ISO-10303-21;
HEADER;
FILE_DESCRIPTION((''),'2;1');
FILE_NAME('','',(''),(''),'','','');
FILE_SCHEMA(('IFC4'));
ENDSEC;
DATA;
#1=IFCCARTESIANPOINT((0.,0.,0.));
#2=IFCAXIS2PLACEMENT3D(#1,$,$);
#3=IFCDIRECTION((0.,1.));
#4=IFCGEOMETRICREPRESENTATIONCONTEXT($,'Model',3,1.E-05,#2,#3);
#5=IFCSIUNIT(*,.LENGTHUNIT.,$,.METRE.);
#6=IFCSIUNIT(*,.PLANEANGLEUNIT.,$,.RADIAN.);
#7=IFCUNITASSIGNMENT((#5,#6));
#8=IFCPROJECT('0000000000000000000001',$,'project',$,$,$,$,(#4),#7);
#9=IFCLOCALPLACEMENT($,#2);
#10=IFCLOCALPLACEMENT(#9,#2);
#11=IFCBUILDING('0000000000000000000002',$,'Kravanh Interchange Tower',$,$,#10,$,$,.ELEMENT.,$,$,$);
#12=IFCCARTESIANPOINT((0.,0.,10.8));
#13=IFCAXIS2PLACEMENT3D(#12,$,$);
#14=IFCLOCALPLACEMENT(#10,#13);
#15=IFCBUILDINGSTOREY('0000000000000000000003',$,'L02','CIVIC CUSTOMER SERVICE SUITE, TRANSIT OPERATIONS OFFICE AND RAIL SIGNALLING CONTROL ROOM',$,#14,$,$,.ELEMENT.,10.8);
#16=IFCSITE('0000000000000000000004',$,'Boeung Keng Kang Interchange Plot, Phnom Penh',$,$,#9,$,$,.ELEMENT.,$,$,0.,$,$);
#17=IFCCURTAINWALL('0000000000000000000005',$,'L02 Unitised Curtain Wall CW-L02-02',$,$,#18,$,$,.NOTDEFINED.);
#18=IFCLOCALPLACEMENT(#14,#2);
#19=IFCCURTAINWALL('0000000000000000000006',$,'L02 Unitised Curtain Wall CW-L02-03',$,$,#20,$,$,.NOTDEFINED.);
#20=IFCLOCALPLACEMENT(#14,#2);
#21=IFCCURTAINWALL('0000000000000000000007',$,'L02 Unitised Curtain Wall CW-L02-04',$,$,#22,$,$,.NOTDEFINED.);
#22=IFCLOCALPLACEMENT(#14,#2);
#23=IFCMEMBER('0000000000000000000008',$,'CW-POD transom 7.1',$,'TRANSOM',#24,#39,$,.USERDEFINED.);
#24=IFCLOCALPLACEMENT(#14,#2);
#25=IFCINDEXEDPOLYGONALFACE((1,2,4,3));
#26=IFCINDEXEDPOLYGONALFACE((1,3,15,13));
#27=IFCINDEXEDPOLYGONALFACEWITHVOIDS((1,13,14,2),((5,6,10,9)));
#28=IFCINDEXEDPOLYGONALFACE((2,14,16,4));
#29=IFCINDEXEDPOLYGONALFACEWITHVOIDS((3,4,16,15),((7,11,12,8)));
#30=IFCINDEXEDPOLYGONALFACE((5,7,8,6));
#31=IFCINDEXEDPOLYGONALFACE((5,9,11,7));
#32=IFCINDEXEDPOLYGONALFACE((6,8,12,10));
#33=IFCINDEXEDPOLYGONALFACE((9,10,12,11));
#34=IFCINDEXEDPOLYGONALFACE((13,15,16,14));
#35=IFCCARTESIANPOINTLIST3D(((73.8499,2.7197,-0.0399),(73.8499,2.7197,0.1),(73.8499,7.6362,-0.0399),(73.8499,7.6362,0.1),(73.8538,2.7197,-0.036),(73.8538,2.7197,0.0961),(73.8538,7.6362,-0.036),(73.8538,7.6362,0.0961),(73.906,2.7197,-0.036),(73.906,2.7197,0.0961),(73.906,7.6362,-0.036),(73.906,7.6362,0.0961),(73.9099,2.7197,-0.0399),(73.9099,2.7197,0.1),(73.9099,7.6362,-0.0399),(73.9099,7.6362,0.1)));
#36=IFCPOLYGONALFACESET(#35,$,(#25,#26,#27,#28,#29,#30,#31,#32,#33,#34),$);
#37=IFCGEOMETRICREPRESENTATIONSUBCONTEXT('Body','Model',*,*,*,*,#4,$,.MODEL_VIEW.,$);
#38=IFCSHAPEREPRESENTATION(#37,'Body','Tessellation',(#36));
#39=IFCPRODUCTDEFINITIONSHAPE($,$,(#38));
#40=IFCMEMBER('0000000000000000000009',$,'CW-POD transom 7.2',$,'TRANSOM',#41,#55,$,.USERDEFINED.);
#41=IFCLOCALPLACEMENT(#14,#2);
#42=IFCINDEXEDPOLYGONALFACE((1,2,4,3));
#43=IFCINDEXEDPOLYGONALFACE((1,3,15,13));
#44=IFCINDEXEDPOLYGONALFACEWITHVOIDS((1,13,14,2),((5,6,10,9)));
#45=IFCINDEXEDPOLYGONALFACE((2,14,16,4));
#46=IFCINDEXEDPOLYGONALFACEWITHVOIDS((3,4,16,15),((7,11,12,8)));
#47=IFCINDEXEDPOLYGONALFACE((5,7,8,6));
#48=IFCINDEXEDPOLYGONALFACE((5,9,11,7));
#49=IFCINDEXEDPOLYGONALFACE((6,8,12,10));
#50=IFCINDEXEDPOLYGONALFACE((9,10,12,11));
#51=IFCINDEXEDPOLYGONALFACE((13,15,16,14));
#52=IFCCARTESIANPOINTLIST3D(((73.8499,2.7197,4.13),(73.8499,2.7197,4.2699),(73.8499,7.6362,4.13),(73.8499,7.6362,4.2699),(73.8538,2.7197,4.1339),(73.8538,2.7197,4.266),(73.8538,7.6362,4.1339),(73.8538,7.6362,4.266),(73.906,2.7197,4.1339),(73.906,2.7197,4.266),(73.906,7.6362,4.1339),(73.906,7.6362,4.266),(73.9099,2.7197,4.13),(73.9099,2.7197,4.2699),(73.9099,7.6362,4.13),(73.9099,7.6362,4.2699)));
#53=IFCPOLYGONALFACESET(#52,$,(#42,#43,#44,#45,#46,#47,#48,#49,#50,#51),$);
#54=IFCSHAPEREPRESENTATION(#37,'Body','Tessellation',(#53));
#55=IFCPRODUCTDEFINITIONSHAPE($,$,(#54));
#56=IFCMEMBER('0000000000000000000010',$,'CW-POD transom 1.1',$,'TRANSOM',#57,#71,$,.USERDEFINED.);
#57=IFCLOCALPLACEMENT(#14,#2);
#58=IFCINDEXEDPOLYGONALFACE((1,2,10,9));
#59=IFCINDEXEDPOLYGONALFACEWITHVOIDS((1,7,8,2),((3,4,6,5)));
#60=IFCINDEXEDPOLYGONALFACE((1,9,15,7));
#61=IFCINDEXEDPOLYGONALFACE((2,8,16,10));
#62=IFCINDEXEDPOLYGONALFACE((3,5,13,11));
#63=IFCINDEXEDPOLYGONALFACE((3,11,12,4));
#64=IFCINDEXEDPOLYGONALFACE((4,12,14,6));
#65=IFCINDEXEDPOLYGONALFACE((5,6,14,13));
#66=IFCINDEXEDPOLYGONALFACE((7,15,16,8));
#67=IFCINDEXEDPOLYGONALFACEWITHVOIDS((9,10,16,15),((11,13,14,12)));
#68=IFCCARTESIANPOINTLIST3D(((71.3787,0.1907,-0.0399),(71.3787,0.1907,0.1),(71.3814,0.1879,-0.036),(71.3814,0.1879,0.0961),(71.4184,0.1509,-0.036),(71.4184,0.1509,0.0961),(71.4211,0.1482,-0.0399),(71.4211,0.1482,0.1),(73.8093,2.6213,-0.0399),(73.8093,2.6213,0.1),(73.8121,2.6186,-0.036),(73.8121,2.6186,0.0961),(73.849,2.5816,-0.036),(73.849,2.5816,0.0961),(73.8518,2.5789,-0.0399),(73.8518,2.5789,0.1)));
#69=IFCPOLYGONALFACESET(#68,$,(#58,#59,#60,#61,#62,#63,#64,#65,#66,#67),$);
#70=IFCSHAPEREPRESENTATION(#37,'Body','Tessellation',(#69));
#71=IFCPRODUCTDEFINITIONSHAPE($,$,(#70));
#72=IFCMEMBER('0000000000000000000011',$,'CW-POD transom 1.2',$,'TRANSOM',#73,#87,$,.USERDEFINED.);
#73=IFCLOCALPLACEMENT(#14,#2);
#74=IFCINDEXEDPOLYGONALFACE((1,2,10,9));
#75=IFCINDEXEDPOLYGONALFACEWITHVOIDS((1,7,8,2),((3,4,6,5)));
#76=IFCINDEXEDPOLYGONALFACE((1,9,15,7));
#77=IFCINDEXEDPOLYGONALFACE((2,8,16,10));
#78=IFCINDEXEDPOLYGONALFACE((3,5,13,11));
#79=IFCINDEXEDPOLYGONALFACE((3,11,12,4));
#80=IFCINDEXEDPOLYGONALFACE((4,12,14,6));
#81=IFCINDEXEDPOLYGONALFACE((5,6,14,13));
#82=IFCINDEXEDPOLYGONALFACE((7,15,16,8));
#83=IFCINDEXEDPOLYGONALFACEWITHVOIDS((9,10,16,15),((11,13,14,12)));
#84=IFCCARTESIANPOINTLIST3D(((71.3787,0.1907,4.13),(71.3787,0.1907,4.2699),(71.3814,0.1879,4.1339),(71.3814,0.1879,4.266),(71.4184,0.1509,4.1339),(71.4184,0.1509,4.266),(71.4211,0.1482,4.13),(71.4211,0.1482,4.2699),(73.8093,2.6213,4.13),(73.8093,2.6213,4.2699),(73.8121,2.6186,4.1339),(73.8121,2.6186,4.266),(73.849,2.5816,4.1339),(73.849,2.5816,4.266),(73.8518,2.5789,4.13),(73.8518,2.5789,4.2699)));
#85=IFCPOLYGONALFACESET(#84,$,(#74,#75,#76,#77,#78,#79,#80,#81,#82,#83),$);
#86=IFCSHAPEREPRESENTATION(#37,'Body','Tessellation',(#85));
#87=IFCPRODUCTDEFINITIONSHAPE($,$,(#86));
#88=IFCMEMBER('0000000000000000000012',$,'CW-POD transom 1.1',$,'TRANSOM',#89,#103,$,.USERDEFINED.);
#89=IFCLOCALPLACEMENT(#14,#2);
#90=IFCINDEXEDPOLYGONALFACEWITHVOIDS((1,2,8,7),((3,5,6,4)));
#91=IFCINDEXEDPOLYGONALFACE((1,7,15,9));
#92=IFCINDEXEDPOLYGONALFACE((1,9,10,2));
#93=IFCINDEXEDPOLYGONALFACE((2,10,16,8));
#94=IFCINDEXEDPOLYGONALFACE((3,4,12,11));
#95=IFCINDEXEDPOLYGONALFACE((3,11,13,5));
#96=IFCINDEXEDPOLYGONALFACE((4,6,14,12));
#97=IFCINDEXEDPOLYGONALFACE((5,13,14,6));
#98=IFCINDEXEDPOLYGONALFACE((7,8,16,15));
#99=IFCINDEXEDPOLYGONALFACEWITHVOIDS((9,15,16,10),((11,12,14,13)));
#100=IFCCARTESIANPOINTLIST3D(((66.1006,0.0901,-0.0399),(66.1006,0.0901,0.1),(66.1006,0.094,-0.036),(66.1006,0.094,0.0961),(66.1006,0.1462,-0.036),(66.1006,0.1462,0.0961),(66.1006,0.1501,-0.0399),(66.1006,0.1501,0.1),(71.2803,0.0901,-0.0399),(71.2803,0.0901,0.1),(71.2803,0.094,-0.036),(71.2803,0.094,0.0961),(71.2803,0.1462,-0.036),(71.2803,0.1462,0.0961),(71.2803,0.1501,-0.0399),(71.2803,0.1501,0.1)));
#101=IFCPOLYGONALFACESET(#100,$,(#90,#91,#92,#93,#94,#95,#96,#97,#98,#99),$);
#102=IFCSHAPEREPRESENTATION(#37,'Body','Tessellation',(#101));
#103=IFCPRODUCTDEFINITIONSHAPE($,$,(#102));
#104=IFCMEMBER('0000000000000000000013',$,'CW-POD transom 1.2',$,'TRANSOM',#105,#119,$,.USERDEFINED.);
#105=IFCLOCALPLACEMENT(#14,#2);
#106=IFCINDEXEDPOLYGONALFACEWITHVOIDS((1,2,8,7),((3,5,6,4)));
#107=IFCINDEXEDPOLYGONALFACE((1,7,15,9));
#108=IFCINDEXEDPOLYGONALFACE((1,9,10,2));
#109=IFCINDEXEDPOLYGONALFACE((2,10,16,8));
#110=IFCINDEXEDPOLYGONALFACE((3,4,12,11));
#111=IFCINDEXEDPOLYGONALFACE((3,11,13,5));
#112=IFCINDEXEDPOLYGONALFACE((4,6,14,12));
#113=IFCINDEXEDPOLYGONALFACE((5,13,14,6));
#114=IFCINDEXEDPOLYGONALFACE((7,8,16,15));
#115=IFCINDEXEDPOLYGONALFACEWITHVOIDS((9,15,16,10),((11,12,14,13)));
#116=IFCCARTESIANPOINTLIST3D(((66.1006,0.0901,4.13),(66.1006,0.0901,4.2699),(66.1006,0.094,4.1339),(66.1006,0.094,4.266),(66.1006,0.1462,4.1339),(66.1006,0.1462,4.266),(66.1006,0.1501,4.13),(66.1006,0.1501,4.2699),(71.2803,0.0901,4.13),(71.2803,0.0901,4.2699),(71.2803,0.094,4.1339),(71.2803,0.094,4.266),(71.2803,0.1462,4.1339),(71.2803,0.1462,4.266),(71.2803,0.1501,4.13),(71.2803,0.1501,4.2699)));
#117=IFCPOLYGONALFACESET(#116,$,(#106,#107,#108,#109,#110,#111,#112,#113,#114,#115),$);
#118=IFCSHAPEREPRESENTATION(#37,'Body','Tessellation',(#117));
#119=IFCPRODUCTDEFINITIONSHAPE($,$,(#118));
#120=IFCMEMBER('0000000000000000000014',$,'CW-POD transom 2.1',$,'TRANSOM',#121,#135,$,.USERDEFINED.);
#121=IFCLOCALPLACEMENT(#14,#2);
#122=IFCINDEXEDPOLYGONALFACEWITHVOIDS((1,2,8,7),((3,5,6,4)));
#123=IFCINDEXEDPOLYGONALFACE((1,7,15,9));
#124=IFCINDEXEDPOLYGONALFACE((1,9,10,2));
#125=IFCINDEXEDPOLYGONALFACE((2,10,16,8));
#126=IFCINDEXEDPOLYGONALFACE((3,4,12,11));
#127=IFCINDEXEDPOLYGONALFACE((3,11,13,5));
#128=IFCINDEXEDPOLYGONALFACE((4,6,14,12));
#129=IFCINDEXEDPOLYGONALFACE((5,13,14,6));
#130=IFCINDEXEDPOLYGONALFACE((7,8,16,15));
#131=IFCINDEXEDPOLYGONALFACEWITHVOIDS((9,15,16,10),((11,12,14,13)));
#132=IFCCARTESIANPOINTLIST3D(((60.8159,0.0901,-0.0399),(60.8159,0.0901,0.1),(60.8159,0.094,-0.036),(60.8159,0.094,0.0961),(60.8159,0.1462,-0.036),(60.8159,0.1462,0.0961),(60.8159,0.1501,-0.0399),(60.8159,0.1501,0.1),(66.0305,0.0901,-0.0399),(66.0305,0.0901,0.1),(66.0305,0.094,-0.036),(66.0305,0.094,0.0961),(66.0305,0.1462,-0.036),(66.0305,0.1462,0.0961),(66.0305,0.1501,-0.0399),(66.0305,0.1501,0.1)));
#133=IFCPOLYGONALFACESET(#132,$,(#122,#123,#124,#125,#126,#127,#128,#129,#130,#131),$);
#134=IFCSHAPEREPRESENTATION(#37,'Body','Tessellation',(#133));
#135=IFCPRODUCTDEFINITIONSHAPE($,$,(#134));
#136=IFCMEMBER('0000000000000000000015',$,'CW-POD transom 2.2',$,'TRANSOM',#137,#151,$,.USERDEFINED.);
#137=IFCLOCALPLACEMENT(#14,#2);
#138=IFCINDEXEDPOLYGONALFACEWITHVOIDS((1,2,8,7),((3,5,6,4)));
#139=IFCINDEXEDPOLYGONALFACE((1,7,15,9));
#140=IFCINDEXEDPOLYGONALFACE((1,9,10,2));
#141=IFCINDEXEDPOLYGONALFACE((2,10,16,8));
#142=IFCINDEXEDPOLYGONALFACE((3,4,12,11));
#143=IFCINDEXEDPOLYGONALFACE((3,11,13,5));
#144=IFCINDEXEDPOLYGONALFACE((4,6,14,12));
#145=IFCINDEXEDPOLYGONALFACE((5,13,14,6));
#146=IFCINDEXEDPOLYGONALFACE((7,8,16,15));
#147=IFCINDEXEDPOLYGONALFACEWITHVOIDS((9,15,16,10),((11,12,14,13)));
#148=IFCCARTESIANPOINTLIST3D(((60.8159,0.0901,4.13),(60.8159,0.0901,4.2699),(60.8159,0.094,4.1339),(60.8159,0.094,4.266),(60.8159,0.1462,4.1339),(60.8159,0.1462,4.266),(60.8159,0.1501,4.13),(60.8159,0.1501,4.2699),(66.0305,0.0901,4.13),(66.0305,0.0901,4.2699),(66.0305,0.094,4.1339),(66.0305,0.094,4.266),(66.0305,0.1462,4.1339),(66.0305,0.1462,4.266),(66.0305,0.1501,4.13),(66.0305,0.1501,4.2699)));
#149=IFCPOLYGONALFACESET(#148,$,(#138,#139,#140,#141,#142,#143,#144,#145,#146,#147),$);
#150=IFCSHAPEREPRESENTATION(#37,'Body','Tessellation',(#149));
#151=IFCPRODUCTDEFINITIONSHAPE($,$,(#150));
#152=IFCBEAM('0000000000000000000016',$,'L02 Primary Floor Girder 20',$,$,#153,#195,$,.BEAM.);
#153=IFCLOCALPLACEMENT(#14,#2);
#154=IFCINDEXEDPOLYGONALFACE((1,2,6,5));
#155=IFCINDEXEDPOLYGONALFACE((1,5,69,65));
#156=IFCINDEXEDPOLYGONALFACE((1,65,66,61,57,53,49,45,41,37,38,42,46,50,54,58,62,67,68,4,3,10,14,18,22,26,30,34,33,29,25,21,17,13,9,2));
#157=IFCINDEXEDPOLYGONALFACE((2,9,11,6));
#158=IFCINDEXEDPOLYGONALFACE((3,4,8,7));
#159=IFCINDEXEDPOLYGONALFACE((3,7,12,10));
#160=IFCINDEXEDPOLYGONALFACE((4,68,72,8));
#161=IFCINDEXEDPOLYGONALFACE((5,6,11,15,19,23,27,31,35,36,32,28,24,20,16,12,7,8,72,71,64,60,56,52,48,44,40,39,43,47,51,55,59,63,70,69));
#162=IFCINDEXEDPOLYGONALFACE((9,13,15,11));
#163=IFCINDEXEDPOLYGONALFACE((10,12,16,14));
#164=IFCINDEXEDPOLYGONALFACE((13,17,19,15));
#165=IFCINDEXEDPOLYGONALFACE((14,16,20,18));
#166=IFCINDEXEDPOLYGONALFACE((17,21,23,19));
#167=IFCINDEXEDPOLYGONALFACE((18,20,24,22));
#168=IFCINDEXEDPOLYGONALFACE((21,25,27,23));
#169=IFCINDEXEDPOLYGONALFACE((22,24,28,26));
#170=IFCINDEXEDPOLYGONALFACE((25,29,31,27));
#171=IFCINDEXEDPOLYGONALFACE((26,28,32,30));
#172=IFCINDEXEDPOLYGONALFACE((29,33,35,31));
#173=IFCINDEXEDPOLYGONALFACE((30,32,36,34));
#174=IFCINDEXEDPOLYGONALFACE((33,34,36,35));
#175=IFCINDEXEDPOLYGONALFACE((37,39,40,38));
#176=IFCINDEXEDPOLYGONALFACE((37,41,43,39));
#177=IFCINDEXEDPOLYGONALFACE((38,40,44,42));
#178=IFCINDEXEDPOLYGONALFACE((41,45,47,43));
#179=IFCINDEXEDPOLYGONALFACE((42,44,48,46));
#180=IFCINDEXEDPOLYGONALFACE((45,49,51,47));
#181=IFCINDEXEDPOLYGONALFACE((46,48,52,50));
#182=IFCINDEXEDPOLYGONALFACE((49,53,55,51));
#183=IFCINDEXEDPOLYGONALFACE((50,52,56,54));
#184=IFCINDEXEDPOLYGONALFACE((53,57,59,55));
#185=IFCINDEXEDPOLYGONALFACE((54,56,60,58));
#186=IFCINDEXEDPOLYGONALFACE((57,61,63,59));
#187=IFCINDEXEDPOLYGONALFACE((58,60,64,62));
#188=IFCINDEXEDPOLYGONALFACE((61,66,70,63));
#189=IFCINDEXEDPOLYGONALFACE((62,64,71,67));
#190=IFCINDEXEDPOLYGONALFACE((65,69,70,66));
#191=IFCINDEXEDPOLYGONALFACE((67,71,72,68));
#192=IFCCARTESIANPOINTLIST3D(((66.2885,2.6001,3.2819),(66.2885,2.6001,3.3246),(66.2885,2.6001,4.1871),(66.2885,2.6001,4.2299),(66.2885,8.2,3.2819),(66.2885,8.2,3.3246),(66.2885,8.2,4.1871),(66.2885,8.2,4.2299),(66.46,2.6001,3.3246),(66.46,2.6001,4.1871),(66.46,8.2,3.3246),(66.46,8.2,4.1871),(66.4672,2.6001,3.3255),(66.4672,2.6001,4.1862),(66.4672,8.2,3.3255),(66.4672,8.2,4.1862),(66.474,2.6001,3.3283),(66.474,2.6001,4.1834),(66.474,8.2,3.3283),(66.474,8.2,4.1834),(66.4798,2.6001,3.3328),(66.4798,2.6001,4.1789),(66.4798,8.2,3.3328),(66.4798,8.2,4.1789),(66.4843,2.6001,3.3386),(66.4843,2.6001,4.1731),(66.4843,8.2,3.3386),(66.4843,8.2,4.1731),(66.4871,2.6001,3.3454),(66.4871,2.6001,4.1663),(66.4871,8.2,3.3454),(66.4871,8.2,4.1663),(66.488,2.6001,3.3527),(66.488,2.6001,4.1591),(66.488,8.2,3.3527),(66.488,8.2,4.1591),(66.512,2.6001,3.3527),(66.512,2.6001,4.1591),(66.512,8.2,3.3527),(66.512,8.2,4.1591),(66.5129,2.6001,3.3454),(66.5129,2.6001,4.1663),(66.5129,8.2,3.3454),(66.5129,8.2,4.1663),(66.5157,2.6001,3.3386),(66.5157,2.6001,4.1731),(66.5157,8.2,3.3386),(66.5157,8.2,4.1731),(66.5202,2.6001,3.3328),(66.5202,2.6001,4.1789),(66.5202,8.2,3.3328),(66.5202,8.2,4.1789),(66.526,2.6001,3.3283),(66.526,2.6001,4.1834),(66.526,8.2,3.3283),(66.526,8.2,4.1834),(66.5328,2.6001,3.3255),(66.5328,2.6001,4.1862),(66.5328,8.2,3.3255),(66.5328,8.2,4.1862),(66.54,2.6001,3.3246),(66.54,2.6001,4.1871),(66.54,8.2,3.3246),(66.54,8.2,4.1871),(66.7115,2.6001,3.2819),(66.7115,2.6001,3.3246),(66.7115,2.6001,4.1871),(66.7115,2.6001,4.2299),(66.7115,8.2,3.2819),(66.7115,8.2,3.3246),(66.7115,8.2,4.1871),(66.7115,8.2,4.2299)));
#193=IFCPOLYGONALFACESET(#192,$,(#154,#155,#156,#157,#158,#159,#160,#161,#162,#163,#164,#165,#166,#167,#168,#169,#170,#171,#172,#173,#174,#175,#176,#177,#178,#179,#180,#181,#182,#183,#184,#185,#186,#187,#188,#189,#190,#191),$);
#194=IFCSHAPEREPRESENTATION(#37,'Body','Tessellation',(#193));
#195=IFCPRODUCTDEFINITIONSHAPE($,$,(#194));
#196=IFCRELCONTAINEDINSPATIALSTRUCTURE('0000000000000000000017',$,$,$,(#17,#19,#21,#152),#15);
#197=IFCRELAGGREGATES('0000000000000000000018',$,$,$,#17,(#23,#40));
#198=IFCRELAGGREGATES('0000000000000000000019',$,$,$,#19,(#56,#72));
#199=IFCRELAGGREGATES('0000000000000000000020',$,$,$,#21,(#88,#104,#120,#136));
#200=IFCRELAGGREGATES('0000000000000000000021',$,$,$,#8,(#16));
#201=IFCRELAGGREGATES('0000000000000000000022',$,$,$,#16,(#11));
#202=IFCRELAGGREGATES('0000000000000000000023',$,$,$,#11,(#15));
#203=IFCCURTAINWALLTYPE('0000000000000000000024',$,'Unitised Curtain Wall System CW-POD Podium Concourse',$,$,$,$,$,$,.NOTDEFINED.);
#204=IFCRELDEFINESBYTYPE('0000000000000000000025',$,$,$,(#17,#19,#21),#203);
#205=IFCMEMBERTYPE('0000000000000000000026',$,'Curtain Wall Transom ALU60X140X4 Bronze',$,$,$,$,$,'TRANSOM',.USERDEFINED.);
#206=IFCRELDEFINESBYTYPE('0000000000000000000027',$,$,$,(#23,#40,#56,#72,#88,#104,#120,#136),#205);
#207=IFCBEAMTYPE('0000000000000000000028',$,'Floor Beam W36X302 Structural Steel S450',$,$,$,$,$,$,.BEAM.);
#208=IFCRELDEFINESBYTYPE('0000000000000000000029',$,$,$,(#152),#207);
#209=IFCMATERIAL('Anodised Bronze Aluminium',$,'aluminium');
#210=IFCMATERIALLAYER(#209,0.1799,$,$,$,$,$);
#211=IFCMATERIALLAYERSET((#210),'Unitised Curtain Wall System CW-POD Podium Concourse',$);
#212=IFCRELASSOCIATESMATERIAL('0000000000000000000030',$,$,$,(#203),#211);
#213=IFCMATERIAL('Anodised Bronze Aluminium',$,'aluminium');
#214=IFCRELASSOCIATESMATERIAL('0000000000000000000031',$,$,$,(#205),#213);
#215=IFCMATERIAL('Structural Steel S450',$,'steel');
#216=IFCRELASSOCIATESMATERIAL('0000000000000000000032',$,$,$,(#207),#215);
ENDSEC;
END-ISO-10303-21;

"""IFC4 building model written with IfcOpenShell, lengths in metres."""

from ifc_helpers import new_model, si_unit, direction, frame, origin, origin_2d, place, context, subcontext, project, spatial, hollow_rectangle, i_section, extrude, material, layer, layer_set, material_profile, profile_set, type_object, element, aggregate, save


model = new_model("IFC4")

# Units and contexts
model_context = context("Model", 3, precision=1e-05, world=origin(), true_north=direction((0.0, 1.0)))
body_context = subcontext(model_context, "Body", "Model", "MODEL_VIEW")
ifc_project = project(units=[si_unit("LENGTHUNIT", "METRE"), si_unit("PLANEANGLEUNIT", "RADIAN")], contexts=[model_context])

# Site, building, storey
site_placement = place(None, origin())
site = spatial("IfcSite", under=ifc_project, at=site_placement, Name="Boeung Keng Kang Interchange Plot, Phnom Penh", CompositionType="ELEMENT", RefElevation=0.0)
building_placement = place(site_placement, origin())
building = spatial("IfcBuilding", under=site, at=building_placement, Name="Kravanh Interchange Tower", CompositionType="ELEMENT")
storey_placement = place(building_placement, frame((0.0, 0.0, 10.8)))
storey = spatial("IfcBuildingStorey", under=building, at=storey_placement, Name="L02", Description="CIVIC CUSTOMER SERVICE SUITE, TRANSIT OPERATIONS OFFICE AND RAIL SIGNALLING CONTROL ROOM", CompositionType="ELEMENT", Elevation=10.8)

# Curtain wall
ifc_material_1 = material(Name="Anodised Bronze Aluminium", Category="aluminium")
ifc_layer_1 = layer(ifc_material_1, 0.1799)
ifc_layer_set_1 = layer_set([ifc_layer_1], Name="Unitised Curtain Wall System CW-POD Podium Concourse")
curtain_wall_type = type_object("IfcCurtainWallType", Name="Unitised Curtain Wall System CW-POD Podium Concourse", PredefinedType="NOTDEFINED", material=ifc_layer_set_1)
curtain_wall_1_placement = place(storey_placement, origin())
curtain_wall_1 = element("IfcCurtainWall", 1, at=curtain_wall_1_placement, inside=storey, type_object=curtain_wall_type, Name="L02 Unitised Curtain Wall CW-L02-02", PredefinedType="NOTDEFINED")

# Curtain walls
curtain_wall_2_placement = place(storey_placement, origin())
curtain_wall_2 = element("IfcCurtainWall", 2, at=curtain_wall_2_placement, inside=storey, type_object=curtain_wall_type, Name="L02 Unitised Curtain Wall CW-L02-03", PredefinedType="NOTDEFINED")
curtain_wall_3_placement = place(storey_placement, origin())
curtain_wall_3 = element("IfcCurtainWall", 3, at=curtain_wall_3_placement, inside=storey, type_object=curtain_wall_type, Name="L02 Unitised Curtain Wall CW-L02-04", PredefinedType="NOTDEFINED")

# Members
ifc_material_2 = material(Name="Anodised Bronze Aluminium", Category="aluminium")
ifc_material_profile_1 = material_profile(ifc_material_2, hollow_rectangle(XDim=0.0601, YDim=0.1399, WallThickness=0.0039, at=origin_2d()), Name="ALU60X140X4")
ifc_profile_set_1 = profile_set([ifc_material_profile_1], Name="Anodised Bronze Aluminium")
member_type_1 = type_object("IfcMemberType", Name="Curtain Wall Transom ALU60X140X4 Bronze", ElementType="TRANSOM", PredefinedType="USERDEFINED", material=ifc_profile_set_1)
member_1_placement = place(storey_placement, frame((73.8799, 7.6362, 0.03), z_axis=(0.0, -1.0, 0.0), x_axis=(1.0, 0.0, 0.0)))
member_1 = element("IfcMember", 4, at=member_1_placement, type_object=member_type_1, Name="CW-POD transom 7.1", ObjectType="TRANSOM", PredefinedType="USERDEFINED", context=body_context, shape_type="SweptSolid", body=[
    extrude(hollow_rectangle(XDim=0.0601, YDim=0.1399, WallThickness=0.0039, at=origin_2d()), origin(), (0.0, 0.0, 1.0), 4.9165),
])
member_2_placement = place(storey_placement, frame((73.8799, 7.6362, 4.2), z_axis=(0.0, -1.0, 0.0), x_axis=(1.0, 0.0, 0.0)))
member_2 = element("IfcMember", 5, at=member_2_placement, type_object=member_type_1, Name="CW-POD transom 7.2", ObjectType="TRANSOM", PredefinedType="USERDEFINED", context=body_context, shape_type="SweptSolid", body=[
    extrude(hollow_rectangle(XDim=0.0601, YDim=0.1399, WallThickness=0.0039, at=origin_2d()), origin(), (0.0, 0.0, 1.0), 4.9165),
])
member_3_placement = place(storey_placement, frame((73.8306, 2.6001, 0.03), z_axis=(-0.707107, -0.707107, 0.0), x_axis=(0.707107, -0.707107, 0.0)))
member_3 = element("IfcMember", 6, at=member_3_placement, type_object=member_type_1, Name="CW-POD transom 1.1", ObjectType="TRANSOM", PredefinedType="USERDEFINED", context=body_context, shape_type="SweptSolid", body=[
    extrude(hollow_rectangle(XDim=0.0601, YDim=0.1399, WallThickness=0.0039, at=origin_2d()), origin(), (0.0, 0.0, 1.0), 3.4375),
])
member_4_placement = place(storey_placement, frame((73.8306, 2.6001, 4.2), z_axis=(-0.707107, -0.707107, 0.0), x_axis=(0.707107, -0.707107, 0.0)))
member_4 = element("IfcMember", 7, at=member_4_placement, type_object=member_type_1, Name="CW-POD transom 1.2", ObjectType="TRANSOM", PredefinedType="USERDEFINED", context=body_context, shape_type="SweptSolid", body=[
    extrude(hollow_rectangle(XDim=0.0601, YDim=0.1399, WallThickness=0.0039, at=origin_2d()), origin(), (0.0, 0.0, 1.0), 3.4375),
])
member_5_placement = place(storey_placement, frame((71.2803, 0.1201, 0.03), z_axis=(-1.0, 0.0, 0.0), x_axis=(0.0, -1.0, 0.0)))
member_5 = element("IfcMember", 8, at=member_5_placement, type_object=member_type_1, Name="CW-POD transom 1.1", ObjectType="TRANSOM", PredefinedType="USERDEFINED", context=body_context, shape_type="SweptSolid", body=[
    extrude(hollow_rectangle(XDim=0.0601, YDim=0.1399, WallThickness=0.0039, at=origin_2d()), origin(), (0.0, 0.0, 1.0), 5.1797),
])
member_6_placement = place(storey_placement, frame((71.2803, 0.1201, 4.2), z_axis=(-1.0, 0.0, 0.0), x_axis=(0.0, -1.0, 0.0)))
member_6 = element("IfcMember", 9, at=member_6_placement, type_object=member_type_1, Name="CW-POD transom 1.2", ObjectType="TRANSOM", PredefinedType="USERDEFINED", context=body_context, shape_type="SweptSolid", body=[
    extrude(hollow_rectangle(XDim=0.0601, YDim=0.1399, WallThickness=0.0039, at=origin_2d()), origin(), (0.0, 0.0, 1.0), 5.1797),
])
member_7_placement = place(storey_placement, frame((66.0305, 0.1201, 0.03), z_axis=(-1.0, 0.0, 0.0), x_axis=(0.0, -1.0, 0.0)))
member_7 = element("IfcMember", 10, at=member_7_placement, type_object=member_type_1, Name="CW-POD transom 2.1", ObjectType="TRANSOM", PredefinedType="USERDEFINED", context=body_context, shape_type="SweptSolid", body=[
    extrude(hollow_rectangle(XDim=0.0601, YDim=0.1399, WallThickness=0.0039, at=origin_2d()), origin(), (0.0, 0.0, 1.0), 5.2146),
])
member_8_placement = place(storey_placement, frame((66.0305, 0.1201, 4.2), z_axis=(-1.0, 0.0, 0.0), x_axis=(0.0, -1.0, 0.0)))
member_8 = element("IfcMember", 11, at=member_8_placement, type_object=member_type_1, Name="CW-POD transom 2.2", ObjectType="TRANSOM", PredefinedType="USERDEFINED", context=body_context, shape_type="SweptSolid", body=[
    extrude(hollow_rectangle(XDim=0.0601, YDim=0.1399, WallThickness=0.0039, at=origin_2d()), origin(), (0.0, 0.0, 1.0), 5.2146),
])

# Beam
ifc_material_3 = material(Name="Structural Steel S450", Category="steel")
ifc_material_profile_2 = material_profile(ifc_material_3, i_section(OverallWidth=0.4231, OverallDepth=0.948, WebThickness=0.0239, FlangeThickness=0.0427, FilletRadius=0.0281, at=origin_2d()), Name="W36X302")
ifc_profile_set_2 = profile_set([ifc_material_profile_2], Name="Structural Steel S450")
beam_type_1 = type_object("IfcBeamType", Name="Floor Beam W36X302 Structural Steel S450", PredefinedType="BEAM", material=ifc_profile_set_2)
beam_1_placement = place(storey_placement, frame((66.5, 2.6001, 3.7559), z_axis=(0.0, 1.0, 0.0), x_axis=(-1.0, 0.0, 0.0)))
element("IfcBeam", 12, at=beam_1_placement, inside=storey, type_object=beam_type_1, Name="L02 Primary Floor Girder 20", PredefinedType="BEAM", context=body_context, shape_type="SweptSolid", body=[
    extrude(i_section(OverallWidth=0.4231, OverallDepth=0.948, WebThickness=0.0239, FlangeThickness=0.0427, FilletRadius=0.0281, at=origin_2d()), origin(), (0.0, 0.0, 1.0), 5.5999),
])

aggregate(curtain_wall_1, [member_1, member_2])
aggregate(curtain_wall_2, [member_3, member_4])
aggregate(curtain_wall_3, [member_5, member_6, member_7, member_8])

save(model, "model.ifc")
